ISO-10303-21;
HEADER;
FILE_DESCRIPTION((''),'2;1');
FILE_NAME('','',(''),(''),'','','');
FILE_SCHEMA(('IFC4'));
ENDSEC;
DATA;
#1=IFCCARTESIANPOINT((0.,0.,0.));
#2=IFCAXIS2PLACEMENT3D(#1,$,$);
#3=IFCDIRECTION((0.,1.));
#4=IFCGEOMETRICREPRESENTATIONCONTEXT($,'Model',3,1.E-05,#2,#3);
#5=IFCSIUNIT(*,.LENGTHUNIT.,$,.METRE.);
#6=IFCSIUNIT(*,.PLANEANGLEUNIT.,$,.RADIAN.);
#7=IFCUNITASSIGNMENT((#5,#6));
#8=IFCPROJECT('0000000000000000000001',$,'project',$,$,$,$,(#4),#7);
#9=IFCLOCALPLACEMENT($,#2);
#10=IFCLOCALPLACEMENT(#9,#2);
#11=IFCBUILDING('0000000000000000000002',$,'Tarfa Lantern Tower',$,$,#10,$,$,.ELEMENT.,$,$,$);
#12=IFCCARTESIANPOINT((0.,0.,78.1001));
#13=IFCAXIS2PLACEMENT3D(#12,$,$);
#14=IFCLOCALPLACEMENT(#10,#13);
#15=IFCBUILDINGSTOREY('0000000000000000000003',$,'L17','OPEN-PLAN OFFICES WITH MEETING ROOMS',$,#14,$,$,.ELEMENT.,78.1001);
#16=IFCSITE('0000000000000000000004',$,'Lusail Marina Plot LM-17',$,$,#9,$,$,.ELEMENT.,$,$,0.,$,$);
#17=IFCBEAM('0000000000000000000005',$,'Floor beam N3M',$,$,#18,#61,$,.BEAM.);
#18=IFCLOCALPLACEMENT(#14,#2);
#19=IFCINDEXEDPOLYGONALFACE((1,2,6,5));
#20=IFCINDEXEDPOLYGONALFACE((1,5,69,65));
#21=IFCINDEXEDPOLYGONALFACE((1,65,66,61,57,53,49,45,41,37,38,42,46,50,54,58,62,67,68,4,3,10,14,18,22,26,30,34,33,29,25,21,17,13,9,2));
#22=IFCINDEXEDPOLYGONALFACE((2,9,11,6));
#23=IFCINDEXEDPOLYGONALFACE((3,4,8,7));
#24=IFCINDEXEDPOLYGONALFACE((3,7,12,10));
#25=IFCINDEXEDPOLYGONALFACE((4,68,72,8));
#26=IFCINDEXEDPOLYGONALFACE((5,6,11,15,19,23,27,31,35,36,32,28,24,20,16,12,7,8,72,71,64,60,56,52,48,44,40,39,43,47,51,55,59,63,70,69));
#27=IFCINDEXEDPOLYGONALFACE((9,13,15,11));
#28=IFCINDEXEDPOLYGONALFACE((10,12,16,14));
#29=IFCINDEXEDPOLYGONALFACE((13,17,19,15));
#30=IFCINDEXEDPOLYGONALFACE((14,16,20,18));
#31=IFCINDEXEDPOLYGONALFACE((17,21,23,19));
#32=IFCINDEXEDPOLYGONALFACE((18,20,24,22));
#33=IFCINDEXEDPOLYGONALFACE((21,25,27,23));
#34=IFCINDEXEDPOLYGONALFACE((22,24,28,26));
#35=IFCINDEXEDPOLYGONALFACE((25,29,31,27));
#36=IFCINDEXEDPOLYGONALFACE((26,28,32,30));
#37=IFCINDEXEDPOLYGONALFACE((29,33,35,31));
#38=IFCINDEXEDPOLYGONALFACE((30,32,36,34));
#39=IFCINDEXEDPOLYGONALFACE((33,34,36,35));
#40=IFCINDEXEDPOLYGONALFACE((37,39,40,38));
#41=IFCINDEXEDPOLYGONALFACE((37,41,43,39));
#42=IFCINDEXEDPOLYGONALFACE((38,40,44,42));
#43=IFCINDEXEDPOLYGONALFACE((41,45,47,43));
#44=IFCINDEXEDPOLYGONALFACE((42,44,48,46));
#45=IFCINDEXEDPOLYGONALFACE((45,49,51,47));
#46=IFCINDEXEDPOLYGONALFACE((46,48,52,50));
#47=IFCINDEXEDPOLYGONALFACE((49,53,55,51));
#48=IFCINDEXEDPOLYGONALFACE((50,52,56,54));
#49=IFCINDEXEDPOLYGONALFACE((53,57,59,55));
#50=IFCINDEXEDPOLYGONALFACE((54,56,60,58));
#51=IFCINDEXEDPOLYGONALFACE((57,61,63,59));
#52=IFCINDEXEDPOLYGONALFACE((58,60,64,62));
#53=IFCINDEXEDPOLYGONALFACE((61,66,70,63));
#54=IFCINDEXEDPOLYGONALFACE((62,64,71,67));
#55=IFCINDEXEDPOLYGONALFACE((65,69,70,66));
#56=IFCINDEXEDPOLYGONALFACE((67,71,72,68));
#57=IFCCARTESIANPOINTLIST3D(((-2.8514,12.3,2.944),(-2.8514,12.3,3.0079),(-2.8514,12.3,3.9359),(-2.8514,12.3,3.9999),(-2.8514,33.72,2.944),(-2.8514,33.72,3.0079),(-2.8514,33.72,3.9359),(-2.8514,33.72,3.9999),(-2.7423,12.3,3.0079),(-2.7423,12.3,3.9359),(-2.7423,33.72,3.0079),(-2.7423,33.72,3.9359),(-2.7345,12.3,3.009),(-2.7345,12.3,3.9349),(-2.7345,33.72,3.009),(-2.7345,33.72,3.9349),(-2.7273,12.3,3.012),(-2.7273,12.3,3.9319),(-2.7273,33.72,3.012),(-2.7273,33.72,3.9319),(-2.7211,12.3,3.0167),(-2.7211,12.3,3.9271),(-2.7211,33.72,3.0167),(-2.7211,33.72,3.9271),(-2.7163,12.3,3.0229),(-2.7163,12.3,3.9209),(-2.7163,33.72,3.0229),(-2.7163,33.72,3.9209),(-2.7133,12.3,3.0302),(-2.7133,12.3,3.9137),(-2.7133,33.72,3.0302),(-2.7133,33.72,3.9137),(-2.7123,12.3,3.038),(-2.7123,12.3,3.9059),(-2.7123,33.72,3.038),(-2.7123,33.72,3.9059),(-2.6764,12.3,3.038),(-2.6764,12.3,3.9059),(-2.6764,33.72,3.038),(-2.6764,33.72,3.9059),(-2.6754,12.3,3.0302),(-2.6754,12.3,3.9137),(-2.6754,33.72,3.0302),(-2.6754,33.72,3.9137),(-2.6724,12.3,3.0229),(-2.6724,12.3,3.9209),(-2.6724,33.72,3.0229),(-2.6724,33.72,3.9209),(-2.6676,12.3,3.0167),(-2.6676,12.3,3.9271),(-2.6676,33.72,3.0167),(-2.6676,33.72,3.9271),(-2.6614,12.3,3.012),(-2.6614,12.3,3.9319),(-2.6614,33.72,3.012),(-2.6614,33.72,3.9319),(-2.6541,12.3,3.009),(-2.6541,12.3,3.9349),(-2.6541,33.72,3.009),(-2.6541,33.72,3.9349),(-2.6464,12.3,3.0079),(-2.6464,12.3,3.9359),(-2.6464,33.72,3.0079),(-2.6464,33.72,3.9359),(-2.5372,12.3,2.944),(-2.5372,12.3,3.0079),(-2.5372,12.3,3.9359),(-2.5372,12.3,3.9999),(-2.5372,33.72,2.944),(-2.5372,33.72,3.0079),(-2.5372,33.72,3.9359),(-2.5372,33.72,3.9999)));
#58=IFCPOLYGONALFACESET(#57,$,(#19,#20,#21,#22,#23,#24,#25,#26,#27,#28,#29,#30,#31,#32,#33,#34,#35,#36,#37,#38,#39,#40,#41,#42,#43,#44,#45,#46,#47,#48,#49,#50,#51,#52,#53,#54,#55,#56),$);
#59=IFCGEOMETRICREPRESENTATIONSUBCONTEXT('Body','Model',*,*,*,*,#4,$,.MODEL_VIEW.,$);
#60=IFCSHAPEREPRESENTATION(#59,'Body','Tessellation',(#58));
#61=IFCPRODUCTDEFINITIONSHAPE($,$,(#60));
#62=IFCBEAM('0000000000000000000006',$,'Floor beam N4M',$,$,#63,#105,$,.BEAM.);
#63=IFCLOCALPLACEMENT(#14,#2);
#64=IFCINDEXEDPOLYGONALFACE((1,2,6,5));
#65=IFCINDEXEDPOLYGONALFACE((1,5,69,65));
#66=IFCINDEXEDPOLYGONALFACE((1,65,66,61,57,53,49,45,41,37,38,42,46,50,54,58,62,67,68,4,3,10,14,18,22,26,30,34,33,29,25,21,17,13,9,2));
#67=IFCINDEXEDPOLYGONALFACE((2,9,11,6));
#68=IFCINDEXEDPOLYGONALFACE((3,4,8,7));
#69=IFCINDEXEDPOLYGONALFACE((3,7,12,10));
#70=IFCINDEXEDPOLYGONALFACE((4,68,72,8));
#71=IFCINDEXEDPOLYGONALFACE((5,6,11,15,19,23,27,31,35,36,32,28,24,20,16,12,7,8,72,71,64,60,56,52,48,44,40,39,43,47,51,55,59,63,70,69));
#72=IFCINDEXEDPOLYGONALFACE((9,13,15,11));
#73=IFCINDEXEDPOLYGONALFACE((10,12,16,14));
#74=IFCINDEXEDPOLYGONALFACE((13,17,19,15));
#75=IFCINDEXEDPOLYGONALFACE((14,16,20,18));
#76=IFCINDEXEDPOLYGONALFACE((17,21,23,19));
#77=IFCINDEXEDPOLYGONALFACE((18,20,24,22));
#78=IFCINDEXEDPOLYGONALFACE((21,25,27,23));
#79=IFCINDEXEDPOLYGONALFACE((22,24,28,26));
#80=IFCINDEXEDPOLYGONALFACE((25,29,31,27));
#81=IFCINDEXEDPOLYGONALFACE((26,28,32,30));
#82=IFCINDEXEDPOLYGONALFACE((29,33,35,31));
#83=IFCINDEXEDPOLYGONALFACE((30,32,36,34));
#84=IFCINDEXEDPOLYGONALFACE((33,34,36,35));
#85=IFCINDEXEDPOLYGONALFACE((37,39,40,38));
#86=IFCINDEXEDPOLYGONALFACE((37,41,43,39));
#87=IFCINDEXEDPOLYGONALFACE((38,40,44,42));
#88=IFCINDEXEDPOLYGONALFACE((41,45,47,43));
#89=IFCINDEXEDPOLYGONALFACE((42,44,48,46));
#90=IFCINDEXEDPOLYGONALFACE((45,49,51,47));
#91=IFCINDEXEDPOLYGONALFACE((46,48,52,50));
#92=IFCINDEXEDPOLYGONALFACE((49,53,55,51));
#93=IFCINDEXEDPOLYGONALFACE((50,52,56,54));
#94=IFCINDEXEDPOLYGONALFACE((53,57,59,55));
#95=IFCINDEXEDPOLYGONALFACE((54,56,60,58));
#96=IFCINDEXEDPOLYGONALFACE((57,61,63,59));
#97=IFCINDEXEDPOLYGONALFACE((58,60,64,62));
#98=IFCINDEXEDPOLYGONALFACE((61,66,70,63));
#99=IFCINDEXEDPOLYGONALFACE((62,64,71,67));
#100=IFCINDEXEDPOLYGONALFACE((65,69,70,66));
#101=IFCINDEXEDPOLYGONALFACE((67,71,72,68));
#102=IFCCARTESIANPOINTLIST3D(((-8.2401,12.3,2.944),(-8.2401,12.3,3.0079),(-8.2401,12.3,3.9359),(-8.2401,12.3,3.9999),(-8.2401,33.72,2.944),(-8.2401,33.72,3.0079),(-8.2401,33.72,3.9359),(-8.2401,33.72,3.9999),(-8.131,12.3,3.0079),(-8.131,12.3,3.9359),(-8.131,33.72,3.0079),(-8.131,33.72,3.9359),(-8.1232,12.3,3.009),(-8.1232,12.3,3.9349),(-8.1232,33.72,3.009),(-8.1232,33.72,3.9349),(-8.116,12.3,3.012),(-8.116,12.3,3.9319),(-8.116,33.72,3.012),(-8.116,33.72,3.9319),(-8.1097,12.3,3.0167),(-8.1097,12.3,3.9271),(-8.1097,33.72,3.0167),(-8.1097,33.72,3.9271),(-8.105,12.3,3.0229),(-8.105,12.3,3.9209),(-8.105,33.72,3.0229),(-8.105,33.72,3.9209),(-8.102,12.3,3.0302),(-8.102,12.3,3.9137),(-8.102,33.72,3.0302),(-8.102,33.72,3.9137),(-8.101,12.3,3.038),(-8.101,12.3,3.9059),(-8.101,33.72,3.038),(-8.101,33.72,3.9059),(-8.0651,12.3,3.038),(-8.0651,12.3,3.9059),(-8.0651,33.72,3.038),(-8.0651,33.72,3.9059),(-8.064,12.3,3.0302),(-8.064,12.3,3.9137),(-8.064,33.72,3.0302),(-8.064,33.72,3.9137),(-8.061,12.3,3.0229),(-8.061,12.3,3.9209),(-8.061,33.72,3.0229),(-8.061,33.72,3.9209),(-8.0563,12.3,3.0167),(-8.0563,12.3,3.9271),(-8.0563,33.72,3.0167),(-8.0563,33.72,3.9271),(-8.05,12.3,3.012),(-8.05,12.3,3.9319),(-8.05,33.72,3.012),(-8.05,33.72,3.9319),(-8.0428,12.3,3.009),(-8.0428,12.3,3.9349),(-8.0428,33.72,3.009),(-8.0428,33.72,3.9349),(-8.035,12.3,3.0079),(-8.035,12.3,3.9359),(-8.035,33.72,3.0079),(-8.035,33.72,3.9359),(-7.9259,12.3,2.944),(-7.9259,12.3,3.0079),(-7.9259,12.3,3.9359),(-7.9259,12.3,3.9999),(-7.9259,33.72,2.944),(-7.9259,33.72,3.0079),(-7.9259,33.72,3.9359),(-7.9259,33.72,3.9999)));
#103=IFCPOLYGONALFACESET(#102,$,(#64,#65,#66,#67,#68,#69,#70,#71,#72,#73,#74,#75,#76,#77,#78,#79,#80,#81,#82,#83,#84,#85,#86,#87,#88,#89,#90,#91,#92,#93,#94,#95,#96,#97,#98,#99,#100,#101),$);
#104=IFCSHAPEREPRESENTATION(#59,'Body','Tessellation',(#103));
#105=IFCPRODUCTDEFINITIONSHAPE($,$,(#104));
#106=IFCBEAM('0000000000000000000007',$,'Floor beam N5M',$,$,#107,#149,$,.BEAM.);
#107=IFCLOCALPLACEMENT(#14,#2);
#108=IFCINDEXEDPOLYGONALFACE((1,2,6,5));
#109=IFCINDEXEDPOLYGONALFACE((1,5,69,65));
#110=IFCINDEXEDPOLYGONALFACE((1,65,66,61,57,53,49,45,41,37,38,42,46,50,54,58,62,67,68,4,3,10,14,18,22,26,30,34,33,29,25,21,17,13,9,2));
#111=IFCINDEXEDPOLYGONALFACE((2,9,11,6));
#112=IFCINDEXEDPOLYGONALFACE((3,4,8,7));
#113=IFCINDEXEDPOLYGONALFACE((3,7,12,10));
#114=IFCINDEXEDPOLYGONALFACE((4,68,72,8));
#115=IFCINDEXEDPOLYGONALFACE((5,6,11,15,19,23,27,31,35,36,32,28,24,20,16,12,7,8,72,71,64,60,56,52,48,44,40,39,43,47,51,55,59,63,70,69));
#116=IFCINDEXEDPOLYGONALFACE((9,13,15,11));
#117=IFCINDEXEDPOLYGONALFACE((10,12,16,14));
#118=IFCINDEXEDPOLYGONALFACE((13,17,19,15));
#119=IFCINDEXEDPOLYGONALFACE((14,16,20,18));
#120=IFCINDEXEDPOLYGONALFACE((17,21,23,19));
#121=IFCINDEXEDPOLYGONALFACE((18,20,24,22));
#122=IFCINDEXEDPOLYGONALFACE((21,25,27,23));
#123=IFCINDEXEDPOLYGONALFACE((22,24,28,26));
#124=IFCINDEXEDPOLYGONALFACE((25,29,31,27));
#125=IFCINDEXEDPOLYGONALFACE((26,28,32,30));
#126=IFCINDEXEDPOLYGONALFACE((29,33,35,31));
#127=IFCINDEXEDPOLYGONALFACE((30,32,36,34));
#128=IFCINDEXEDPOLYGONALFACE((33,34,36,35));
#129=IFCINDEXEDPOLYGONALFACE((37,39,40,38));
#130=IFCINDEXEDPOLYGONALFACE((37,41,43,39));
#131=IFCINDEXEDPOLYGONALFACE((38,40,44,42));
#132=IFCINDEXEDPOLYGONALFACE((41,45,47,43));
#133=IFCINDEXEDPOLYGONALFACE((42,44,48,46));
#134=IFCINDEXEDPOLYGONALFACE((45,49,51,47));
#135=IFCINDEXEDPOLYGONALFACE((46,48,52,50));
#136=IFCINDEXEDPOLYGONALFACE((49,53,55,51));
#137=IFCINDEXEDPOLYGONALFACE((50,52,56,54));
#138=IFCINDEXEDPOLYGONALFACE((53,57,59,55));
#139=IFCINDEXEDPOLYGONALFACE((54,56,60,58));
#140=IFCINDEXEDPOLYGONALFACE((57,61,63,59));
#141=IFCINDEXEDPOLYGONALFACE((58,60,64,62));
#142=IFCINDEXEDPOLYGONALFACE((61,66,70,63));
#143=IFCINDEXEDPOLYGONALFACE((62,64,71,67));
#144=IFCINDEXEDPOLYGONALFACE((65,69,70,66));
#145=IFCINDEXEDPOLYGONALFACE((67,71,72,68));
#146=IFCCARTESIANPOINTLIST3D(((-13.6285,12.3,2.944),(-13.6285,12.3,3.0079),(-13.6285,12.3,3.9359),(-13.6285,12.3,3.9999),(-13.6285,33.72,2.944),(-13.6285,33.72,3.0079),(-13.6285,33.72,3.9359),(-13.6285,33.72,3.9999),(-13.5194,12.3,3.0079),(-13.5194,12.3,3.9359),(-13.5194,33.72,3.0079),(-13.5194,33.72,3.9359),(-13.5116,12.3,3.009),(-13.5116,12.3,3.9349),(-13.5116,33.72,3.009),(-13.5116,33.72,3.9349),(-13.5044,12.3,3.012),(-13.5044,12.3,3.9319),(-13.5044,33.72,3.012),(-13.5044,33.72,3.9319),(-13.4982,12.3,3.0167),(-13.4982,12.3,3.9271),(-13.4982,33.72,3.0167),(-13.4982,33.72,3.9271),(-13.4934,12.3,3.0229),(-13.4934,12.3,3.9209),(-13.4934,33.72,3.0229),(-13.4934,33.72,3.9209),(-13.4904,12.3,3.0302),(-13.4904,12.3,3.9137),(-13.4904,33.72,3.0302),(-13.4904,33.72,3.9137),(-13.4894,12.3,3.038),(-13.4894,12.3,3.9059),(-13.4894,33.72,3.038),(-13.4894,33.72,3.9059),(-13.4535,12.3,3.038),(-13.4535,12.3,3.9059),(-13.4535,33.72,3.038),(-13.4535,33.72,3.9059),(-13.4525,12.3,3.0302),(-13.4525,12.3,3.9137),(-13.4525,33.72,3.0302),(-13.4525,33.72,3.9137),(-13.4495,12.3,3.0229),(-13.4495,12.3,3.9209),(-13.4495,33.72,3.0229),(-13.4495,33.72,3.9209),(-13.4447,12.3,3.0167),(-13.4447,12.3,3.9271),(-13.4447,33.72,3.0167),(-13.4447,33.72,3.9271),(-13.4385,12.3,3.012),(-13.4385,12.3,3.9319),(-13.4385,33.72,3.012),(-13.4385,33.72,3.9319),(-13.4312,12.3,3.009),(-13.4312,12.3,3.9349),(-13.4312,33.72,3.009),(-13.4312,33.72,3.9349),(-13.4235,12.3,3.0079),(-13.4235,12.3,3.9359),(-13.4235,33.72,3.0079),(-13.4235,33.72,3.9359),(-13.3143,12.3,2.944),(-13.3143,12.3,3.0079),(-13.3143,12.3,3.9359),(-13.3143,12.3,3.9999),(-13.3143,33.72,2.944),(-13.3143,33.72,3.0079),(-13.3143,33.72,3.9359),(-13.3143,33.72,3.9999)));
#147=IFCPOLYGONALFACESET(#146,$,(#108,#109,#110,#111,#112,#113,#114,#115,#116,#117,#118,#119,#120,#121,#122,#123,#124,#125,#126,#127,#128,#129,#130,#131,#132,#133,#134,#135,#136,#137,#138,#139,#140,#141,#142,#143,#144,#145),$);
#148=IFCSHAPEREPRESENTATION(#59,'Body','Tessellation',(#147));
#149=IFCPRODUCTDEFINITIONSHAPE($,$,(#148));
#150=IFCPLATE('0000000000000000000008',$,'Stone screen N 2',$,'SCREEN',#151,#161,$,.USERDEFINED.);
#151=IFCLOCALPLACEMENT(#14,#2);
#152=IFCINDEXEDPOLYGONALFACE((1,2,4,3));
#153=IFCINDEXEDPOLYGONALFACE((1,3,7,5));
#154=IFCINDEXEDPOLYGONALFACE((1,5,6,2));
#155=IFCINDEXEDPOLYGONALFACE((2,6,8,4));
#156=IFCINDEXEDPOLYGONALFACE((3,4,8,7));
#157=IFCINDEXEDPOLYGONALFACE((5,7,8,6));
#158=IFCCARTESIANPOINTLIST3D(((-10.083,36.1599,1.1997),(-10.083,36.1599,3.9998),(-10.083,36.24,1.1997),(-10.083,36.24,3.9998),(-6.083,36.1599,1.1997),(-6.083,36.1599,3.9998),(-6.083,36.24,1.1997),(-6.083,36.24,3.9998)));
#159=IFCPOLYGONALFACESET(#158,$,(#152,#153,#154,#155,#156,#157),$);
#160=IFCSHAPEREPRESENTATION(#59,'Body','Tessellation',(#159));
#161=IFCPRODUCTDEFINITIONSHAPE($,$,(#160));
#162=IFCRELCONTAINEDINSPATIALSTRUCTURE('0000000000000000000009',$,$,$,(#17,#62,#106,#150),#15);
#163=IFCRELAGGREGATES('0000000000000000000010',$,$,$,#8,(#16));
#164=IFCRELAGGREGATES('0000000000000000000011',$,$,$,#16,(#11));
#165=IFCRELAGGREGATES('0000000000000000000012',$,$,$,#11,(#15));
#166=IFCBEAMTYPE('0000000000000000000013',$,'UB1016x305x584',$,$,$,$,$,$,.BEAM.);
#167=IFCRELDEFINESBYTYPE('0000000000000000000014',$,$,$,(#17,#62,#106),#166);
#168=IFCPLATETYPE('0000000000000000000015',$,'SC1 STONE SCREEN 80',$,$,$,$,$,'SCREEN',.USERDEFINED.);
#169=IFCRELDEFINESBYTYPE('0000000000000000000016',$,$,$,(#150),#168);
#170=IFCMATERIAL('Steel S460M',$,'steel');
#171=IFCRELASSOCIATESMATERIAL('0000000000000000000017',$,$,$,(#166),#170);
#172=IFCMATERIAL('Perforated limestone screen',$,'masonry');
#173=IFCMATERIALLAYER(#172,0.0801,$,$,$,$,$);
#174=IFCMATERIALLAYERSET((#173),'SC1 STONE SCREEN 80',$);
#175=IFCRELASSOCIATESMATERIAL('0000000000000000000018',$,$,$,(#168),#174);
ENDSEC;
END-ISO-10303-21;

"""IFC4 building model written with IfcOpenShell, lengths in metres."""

from ifc_helpers import new_model, si_unit, direction, frame, origin, origin_2d, place, context, subcontext, project, spatial, rectangle, i_section, extrude, material, layer, layer_set, material_profile, profile_set, type_object, element, save


model = new_model("IFC4")

# Units and contexts
model_context = context("Model", 3, precision=1e-05, world=origin(), true_north=direction((0.0, 1.0)))
body_context = subcontext(model_context, "Body", "Model", "MODEL_VIEW")
ifc_project = project(units=[si_unit("LENGTHUNIT", "METRE"), si_unit("PLANEANGLEUNIT", "RADIAN")], contexts=[model_context])

# Site, building, storey
site_placement = place(None, origin())
site = spatial("IfcSite", under=ifc_project, at=site_placement, Name="Lusail Marina Plot LM-17", CompositionType="ELEMENT", RefElevation=0.0)
building_placement = place(site_placement, origin())
building = spatial("IfcBuilding", under=site, at=building_placement, Name="Tarfa Lantern Tower", CompositionType="ELEMENT")
storey_placement = place(building_placement, frame((0.0, 0.0, 78.1001)))
storey = spatial("IfcBuildingStorey", under=building, at=storey_placement, Name="L17", Description="OPEN-PLAN OFFICES WITH MEETING ROOMS", CompositionType="ELEMENT", Elevation=78.1001)

# Beams
ifc_material_1 = material(Name="Steel S460M", Category="steel")
ifc_material_profile_1 = material_profile(ifc_material_1, i_section(OverallWidth=0.3142, OverallDepth=1.0559, WebThickness=0.0359, FlangeThickness=0.064, FilletRadius=0.03, at=origin_2d()), Name="UB1016x305x584")
ifc_profile_set_1 = profile_set([ifc_material_profile_1], Name="Steel S460M")
beam_type_1 = type_object("IfcBeamType", Name="UB1016x305x584", PredefinedType="BEAM", material=ifc_profile_set_1)
for number, where, z_axis, x_axis, name in (
    (1, (-2.6943, 33.72, 3.4719), (0.0, -1.0, 0.0), (1.0, 0.0, 0.0), "Floor beam N3M"),
    (2, (-8.083, 33.72, 3.4719), (0.0, -1.0, 0.0), (1.0, 0.0, 0.0), "Floor beam N4M"),
    (3, (-13.4714, 33.72, 3.4719), (0.0, -1.0, 0.0), (1.0, 0.0, 0.0), "Floor beam N5M"),
):
    element("IfcBeam", number, at=place(storey_placement, frame(where, z_axis=z_axis, x_axis=x_axis)), inside=storey, type_object=beam_type_1, Name=name, PredefinedType="BEAM", context=body_context, shape_type="SweptSolid", body=[
        extrude(i_section(OverallWidth=0.3142, OverallDepth=1.0559, WebThickness=0.0359, FlangeThickness=0.064, FilletRadius=0.03, at=origin_2d()), origin(), (0.0, 0.0, 1.0), 21.4199),
    ])

# Plate
ifc_material_2 = material(Name="Perforated limestone screen", Category="masonry")
ifc_layer_1 = layer(ifc_material_2, 0.0801)
ifc_layer_set_1 = layer_set([ifc_layer_1], Name="SC1 STONE SCREEN 80")
plate_type = type_object("IfcPlateType", Name="SC1 STONE SCREEN 80", ElementType="SCREEN", PredefinedType="USERDEFINED", material=ifc_layer_set_1)
plate_placement = place(storey_placement, frame((-8.083, 36.2, 1.1997), z_axis=(0.0, 0.0, 1.0), x_axis=(-1.0, 0.0, 0.0)))
element("IfcPlate", 4, at=plate_placement, inside=storey, type_object=plate_type, Name="Stone screen N 2", ObjectType="SCREEN", PredefinedType="USERDEFINED", context=body_context, shape_type="SweptSolid", body=[
    extrude(rectangle(XDim=4.0, YDim=0.0801, at=origin_2d()), origin(), (0.0, 0.0, 1.0), 2.8),
])

save(model, "model.ifc")
